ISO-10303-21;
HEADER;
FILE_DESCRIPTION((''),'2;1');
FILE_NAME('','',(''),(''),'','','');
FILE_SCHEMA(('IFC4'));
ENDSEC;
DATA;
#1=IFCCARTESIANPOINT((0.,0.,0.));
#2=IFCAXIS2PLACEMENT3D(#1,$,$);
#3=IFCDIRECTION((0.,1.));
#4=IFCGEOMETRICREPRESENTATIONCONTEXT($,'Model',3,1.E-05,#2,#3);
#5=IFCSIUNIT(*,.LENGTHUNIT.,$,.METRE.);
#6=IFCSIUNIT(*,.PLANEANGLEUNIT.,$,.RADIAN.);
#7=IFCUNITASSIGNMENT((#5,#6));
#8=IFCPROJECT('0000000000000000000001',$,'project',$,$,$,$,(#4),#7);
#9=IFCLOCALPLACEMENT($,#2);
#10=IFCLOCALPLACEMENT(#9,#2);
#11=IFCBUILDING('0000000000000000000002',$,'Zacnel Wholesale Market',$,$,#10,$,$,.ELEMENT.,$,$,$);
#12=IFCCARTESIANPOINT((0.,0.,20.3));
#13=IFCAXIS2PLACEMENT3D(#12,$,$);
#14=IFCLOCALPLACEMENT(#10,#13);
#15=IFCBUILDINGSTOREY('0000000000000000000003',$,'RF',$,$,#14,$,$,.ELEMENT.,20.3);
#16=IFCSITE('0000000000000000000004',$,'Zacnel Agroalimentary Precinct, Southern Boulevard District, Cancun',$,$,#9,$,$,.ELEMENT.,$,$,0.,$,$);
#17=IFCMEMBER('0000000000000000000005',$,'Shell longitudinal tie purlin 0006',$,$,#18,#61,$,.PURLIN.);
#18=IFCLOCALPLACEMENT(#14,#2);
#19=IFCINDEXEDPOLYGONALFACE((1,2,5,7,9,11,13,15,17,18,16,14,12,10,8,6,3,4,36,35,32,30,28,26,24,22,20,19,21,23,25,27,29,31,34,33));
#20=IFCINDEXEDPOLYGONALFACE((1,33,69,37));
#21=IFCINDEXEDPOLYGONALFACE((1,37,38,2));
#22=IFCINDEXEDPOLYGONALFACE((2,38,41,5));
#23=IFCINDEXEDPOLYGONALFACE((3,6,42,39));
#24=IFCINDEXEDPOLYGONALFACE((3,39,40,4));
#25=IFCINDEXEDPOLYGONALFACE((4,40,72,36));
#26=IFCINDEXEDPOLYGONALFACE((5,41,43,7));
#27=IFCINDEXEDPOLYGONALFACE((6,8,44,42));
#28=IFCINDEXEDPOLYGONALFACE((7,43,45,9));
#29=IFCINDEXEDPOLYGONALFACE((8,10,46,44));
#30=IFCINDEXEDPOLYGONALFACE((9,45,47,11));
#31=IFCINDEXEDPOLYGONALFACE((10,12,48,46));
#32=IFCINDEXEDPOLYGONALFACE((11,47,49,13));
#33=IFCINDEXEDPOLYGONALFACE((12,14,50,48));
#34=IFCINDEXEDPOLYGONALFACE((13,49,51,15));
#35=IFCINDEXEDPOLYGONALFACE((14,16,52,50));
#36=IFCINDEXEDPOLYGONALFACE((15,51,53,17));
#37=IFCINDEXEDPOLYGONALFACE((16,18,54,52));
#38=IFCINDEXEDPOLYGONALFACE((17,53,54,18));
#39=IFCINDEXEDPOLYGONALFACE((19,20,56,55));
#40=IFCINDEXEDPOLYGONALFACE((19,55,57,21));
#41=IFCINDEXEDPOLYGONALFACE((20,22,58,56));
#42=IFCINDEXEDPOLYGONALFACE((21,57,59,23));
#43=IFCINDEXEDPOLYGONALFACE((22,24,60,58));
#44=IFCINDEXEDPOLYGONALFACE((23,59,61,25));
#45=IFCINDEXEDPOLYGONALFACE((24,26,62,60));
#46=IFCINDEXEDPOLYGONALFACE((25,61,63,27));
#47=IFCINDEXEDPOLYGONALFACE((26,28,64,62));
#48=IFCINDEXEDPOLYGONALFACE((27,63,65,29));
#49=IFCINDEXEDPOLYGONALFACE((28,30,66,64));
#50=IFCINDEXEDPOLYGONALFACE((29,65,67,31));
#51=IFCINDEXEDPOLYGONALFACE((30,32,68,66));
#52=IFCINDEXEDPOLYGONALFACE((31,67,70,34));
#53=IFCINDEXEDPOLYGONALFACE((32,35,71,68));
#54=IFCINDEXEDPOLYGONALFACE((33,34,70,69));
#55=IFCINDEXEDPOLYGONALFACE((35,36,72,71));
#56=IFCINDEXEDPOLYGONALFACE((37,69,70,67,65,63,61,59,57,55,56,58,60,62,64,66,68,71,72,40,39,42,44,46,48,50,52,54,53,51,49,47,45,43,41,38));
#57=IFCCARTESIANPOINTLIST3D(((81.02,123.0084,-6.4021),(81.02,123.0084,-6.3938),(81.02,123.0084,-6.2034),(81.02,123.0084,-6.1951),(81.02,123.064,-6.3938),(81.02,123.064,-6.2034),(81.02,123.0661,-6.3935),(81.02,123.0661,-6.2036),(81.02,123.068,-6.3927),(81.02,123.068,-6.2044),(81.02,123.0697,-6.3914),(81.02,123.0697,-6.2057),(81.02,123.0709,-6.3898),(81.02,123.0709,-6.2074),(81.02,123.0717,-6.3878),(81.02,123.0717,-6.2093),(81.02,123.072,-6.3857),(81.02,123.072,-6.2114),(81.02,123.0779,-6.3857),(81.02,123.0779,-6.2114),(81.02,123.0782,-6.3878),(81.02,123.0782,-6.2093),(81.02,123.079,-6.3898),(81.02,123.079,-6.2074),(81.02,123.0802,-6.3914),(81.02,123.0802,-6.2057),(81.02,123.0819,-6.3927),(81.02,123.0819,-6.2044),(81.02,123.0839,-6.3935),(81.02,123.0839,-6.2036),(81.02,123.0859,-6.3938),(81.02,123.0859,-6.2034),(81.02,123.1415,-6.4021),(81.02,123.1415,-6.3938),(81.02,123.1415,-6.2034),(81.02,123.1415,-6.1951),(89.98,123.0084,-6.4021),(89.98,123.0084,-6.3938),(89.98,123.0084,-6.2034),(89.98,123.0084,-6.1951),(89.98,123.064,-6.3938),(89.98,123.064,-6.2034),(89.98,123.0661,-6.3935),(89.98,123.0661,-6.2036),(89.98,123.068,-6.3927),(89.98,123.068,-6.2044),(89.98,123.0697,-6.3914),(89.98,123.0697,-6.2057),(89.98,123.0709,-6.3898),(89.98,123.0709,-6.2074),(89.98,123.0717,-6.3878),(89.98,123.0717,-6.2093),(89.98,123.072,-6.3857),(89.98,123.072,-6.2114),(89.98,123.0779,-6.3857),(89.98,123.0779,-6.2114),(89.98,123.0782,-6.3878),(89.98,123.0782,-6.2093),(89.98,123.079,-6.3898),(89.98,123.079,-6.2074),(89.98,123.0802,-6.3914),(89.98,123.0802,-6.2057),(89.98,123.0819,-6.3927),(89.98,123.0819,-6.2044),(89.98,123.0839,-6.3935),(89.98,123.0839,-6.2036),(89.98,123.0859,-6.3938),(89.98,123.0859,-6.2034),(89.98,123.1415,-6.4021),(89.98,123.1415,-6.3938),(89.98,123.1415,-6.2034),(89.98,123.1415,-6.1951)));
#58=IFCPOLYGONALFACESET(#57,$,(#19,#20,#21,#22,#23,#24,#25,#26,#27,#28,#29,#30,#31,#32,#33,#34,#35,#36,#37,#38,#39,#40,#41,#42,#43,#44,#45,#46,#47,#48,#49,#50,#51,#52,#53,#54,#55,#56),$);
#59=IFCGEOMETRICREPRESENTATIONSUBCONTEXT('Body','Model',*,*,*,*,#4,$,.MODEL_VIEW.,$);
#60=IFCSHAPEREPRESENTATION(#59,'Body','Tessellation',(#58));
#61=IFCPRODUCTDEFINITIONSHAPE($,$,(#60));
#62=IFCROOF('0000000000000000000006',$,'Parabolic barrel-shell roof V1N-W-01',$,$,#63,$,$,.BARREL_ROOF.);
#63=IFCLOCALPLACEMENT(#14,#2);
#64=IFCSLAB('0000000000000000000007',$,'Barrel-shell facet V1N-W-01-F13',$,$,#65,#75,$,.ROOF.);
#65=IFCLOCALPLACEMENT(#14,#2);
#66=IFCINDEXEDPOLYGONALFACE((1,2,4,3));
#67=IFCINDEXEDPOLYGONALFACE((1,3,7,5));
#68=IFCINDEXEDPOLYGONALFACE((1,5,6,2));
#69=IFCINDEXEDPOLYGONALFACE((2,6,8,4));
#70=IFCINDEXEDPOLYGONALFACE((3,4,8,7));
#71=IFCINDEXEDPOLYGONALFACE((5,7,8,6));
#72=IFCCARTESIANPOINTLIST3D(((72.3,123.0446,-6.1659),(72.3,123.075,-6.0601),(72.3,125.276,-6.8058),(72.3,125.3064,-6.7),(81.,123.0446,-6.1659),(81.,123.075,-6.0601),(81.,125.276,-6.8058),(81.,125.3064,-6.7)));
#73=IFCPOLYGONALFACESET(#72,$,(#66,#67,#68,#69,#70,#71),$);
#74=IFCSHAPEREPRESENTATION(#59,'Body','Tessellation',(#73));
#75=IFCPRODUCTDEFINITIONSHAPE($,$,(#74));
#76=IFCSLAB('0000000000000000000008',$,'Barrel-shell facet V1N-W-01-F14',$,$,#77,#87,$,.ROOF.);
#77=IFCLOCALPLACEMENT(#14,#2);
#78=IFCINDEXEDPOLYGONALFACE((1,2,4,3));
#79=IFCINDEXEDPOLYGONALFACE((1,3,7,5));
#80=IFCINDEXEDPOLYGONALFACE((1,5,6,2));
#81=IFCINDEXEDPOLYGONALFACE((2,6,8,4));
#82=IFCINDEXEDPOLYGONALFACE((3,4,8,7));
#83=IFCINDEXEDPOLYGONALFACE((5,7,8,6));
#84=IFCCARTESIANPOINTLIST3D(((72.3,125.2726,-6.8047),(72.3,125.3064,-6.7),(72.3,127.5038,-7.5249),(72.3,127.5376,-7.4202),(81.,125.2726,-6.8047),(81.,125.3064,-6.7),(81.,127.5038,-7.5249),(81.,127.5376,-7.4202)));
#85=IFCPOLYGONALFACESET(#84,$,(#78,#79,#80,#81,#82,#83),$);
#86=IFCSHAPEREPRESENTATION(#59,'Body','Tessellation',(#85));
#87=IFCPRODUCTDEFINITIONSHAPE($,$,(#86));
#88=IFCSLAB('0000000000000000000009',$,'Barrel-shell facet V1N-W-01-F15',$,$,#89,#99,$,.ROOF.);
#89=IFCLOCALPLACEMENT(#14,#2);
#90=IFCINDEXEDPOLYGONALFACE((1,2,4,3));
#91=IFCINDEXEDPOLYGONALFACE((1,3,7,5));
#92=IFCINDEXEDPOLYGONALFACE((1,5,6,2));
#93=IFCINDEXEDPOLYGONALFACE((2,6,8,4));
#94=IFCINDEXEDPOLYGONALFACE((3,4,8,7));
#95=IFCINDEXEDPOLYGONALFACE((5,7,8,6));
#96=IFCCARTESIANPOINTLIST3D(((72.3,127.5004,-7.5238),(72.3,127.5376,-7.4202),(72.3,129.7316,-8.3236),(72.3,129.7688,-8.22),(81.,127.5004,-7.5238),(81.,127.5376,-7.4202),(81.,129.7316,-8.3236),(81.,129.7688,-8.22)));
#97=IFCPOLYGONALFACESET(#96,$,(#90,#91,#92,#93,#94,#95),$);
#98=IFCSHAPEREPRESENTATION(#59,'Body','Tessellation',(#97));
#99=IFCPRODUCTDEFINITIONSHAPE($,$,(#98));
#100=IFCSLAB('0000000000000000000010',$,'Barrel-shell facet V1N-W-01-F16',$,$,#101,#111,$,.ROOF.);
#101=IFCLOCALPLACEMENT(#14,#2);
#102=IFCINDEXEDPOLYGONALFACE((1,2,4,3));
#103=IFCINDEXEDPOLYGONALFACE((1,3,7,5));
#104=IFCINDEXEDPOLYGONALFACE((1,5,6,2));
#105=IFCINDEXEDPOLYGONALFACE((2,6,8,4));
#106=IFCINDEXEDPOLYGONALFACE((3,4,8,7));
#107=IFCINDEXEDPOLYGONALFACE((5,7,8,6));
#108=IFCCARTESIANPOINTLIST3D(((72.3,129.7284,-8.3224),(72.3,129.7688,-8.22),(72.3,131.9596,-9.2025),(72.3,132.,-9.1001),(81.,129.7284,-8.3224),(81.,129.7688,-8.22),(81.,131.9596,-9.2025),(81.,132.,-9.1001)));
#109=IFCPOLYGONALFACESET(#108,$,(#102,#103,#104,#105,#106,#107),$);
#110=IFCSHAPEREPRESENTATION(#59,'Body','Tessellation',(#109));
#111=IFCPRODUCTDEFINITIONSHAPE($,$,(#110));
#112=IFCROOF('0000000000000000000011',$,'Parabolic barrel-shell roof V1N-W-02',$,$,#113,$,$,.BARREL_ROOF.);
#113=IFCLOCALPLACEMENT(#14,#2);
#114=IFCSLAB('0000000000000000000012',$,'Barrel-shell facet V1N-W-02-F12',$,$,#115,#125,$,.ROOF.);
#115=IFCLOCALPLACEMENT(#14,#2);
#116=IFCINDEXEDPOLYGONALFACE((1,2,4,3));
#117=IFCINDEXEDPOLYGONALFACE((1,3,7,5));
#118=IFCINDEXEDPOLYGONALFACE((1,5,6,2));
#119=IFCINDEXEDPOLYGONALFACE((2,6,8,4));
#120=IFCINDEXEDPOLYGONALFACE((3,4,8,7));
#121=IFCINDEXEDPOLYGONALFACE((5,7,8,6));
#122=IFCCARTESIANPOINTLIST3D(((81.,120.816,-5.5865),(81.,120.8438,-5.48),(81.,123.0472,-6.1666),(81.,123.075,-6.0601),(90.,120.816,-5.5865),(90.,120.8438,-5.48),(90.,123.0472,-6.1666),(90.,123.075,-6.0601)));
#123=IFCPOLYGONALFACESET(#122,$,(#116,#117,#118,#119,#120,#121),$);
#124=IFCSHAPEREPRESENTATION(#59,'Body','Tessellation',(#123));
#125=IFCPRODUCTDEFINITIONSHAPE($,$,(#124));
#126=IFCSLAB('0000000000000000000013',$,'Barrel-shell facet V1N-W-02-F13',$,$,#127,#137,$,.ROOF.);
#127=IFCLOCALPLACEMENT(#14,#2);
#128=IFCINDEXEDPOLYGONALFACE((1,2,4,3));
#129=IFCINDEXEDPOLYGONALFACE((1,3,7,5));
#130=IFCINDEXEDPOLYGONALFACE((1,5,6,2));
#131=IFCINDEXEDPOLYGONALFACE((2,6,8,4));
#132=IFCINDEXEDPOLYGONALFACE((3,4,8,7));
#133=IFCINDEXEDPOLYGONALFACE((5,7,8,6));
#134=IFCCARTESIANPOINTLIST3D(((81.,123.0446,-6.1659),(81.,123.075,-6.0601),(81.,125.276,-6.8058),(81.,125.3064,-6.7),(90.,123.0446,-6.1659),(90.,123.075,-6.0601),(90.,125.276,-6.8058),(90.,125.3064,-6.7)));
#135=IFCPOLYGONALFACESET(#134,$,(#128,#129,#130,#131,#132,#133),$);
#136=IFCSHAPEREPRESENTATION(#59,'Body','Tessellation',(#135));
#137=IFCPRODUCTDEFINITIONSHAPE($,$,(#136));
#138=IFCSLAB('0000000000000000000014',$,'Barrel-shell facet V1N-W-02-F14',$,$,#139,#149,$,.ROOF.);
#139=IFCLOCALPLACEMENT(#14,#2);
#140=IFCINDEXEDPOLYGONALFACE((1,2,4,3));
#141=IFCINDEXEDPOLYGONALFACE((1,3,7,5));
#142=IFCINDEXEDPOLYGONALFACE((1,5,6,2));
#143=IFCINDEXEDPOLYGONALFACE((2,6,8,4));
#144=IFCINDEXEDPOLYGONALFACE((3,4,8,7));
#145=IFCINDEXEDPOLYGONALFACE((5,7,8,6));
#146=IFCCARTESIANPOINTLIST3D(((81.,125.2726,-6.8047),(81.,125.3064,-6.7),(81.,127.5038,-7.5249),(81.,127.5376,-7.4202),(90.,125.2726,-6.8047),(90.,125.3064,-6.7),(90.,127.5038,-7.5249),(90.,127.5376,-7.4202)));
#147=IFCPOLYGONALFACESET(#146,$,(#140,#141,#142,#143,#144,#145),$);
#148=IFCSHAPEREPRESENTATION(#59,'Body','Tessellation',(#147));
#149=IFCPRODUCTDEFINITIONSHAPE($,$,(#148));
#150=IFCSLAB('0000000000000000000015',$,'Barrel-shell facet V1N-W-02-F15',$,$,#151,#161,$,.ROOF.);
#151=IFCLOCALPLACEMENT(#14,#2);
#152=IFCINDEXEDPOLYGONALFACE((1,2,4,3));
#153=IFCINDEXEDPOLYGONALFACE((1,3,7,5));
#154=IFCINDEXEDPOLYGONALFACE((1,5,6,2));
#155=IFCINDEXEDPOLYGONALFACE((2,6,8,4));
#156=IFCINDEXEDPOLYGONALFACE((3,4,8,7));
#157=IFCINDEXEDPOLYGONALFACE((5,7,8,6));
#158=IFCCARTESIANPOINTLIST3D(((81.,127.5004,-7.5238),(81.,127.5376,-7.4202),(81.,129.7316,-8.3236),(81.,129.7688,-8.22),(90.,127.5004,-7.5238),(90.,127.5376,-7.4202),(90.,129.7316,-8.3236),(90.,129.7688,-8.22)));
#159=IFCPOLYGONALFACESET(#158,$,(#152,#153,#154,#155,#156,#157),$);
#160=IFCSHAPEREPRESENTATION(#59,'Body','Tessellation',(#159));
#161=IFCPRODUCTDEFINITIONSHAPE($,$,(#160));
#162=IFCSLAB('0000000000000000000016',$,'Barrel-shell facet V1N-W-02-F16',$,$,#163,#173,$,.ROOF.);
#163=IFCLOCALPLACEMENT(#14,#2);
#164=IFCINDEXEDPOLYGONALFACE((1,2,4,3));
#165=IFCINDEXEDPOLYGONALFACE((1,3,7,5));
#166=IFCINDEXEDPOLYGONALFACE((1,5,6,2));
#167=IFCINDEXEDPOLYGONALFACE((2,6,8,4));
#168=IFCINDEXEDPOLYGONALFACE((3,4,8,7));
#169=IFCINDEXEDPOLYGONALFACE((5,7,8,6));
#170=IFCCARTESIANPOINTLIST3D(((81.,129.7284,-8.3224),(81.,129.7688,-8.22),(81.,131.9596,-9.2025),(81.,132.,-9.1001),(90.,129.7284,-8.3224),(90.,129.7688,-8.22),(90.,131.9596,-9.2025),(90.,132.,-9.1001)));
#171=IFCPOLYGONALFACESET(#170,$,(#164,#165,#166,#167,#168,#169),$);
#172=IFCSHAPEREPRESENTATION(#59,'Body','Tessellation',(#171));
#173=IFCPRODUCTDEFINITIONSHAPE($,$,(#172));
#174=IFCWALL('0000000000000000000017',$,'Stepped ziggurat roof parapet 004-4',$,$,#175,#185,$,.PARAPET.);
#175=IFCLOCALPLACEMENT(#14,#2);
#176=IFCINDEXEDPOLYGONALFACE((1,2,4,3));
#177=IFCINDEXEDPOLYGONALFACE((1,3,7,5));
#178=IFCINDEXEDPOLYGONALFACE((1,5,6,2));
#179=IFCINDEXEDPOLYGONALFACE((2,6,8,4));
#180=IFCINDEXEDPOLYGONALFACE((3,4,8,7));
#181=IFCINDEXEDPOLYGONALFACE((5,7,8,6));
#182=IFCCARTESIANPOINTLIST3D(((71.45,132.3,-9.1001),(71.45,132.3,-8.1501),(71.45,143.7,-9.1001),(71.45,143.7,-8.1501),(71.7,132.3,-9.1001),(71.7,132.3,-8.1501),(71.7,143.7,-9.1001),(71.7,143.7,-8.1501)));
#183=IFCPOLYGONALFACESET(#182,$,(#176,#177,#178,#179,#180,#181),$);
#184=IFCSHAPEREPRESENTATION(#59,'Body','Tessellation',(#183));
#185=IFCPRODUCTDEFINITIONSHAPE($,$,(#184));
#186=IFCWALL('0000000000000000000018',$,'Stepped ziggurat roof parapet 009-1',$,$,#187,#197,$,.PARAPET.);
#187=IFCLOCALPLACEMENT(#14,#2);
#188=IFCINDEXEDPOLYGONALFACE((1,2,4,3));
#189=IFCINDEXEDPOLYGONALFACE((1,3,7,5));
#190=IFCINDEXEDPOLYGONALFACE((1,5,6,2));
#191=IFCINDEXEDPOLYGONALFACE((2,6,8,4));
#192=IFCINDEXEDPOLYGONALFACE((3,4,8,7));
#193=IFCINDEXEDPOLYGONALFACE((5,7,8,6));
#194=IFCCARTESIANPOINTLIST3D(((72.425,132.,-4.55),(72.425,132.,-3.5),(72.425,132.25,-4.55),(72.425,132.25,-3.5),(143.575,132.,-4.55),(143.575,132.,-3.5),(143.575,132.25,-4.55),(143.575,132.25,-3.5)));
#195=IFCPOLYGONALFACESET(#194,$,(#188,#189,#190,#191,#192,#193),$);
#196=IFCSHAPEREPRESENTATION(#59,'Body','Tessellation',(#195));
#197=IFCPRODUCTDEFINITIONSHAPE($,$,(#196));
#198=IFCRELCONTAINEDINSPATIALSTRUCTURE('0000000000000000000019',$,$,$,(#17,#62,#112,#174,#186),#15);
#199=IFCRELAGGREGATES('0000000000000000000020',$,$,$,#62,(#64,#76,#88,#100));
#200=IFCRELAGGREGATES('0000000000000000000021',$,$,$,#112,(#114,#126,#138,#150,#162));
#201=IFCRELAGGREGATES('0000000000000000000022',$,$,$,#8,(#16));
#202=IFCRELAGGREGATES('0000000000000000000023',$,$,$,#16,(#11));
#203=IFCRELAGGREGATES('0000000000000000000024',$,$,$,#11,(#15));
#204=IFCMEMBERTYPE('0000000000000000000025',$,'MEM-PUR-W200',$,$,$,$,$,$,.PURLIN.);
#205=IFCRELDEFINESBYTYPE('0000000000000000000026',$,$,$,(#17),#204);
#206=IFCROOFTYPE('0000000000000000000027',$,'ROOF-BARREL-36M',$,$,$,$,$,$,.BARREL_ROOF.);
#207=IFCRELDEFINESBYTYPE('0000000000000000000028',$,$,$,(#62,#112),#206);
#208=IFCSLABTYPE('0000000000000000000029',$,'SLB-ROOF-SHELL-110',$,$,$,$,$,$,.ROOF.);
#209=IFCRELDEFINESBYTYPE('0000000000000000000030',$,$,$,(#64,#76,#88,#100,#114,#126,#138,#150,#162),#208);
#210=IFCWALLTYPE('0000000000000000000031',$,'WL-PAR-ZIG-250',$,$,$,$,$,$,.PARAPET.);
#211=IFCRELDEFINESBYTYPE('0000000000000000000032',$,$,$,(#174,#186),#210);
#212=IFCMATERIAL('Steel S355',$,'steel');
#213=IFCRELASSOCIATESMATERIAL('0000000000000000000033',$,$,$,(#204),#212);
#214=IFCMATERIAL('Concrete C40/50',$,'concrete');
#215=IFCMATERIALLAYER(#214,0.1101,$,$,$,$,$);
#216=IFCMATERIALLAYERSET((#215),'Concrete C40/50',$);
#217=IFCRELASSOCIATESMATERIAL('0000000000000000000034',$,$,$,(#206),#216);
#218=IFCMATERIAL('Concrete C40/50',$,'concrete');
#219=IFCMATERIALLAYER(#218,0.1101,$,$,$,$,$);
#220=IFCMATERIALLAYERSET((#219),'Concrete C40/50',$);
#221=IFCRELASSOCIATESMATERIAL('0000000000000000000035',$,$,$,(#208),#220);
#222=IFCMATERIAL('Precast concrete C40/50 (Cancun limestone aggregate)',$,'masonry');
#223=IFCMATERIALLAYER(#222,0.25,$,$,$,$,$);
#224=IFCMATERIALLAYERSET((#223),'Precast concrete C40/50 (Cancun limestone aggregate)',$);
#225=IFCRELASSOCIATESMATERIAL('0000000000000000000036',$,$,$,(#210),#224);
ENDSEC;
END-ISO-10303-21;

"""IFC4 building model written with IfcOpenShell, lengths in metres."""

from ifc_helpers import new_model, si_unit, direction, frame, frame_2d, origin, origin_2d, place, context, subcontext, project, spatial, polyline, rectangle, i_section, outline, extrude, material, layer, layer_set, material_profile, profile_set, type_object, element, aggregate, save


model = new_model("IFC4")

# Units and contexts
model_context = context("Model", 3, precision=1e-05, world=origin(), true_north=direction((0.0, 1.0)))
body_context = subcontext(model_context, "Body", "Model", "MODEL_VIEW")
ifc_project = project(units=[si_unit("LENGTHUNIT", "METRE"), si_unit("PLANEANGLEUNIT", "RADIAN")], contexts=[model_context])

# Site, building, storey
site_placement = place(None, origin())
site = spatial("IfcSite", under=ifc_project, at=site_placement, Name="Zacnel Agroalimentary Precinct, Southern Boulevard District, Cancun", CompositionType="ELEMENT", RefElevation=0.0)
building_placement = place(site_placement, origin())
building = spatial("IfcBuilding", under=site, at=building_placement, Name="Zacnel Wholesale Market", CompositionType="ELEMENT")
storey_placement = place(building_placement, frame((0.0, 0.0, 20.3)))
storey = spatial("IfcBuildingStorey", under=building, at=storey_placement, Name="RF", CompositionType="ELEMENT", Elevation=20.3)

# Member
ifc_material_1 = material(Name="Steel S355", Category="steel")
ifc_material_profile_1 = material_profile(ifc_material_1, i_section(OverallWidth=0.1331, OverallDepth=0.207, WebThickness=0.0059, FlangeThickness=0.0083, FilletRadius=0.0081, at=origin_2d()), Name="W200X26.6")
ifc_profile_set_1 = profile_set([ifc_material_profile_1], Name="Steel S355")
member_type = type_object("IfcMemberType", Name="MEM-PUR-W200", PredefinedType="PURLIN", material=ifc_profile_set_1)
member_1_placement = place(storey_placement, frame((81.02, 123.075, -6.2986), z_axis=(1.0, 0.0, 0.0), x_axis=(0.0, 1.0, 0.0)))
element("IfcMember", 1, at=member_1_placement, inside=storey, type_object=member_type, Name="Shell longitudinal tie purlin 0006", PredefinedType="PURLIN", context=body_context, shape_type="SweptSolid", body=[
    extrude(i_section(OverallWidth=0.1331, OverallDepth=0.207, WebThickness=0.0059, FlangeThickness=0.0083, FilletRadius=0.0081, at=origin_2d()), origin(), (0.0, 0.0, 1.0), 8.96),
])

# Roofs, slabs
ifc_material_2 = material(Name="Concrete C40/50", Category="concrete")
ifc_layer_1 = layer(ifc_material_2, 0.1101)
ifc_layer_set_1 = layer_set([ifc_layer_1], Name="Concrete C40/50")
roof_type = type_object("IfcRoofType", Name="ROOF-BARREL-36M", PredefinedType="BARREL_ROOF", material=ifc_layer_set_1)
roof_1_placement = place(storey_placement, origin())
roof_1 = element("IfcRoof", 2, at=roof_1_placement, inside=storey, type_object=roof_type, Name="Parabolic barrel-shell roof V1N-W-01", PredefinedType="BARREL_ROOF")
ifc_material_3 = material(Name="Concrete C40/50", Category="concrete")
ifc_layer_2 = layer(ifc_material_3, 0.1101)
ifc_layer_set_2 = layer_set([ifc_layer_2], Name="Concrete C40/50")
slab_type = type_object("IfcSlabType", Name="SLB-ROOF-SHELL-110", PredefinedType="ROOF", material=ifc_layer_set_2)
slab_1_placement = place(storey_placement, frame((72.3, 123.075, -6.0601), z_axis=(0.0, 0.275652, 0.961258), x_axis=(1.0, 0.0, 0.0)))
slab_1 = element("IfcSlab", 3, at=slab_1_placement, type_object=slab_type, Name="Barrel-shell facet V1N-W-01-F13", PredefinedType="ROOF", context=body_context, shape_type="SweptSolid", body=[
    extrude(outline(polyline([(0.0, 0.0), (8.7, 0.0), (8.7, 2.3214), (0.0, 2.3214), (0.0, 0.0)])), origin(), (0.0, 0.0, -1.0), 0.1101),
])
slab_2_placement = place(storey_placement, frame((72.3, 125.3064, -6.7), z_axis=(0.0, 0.307185, 0.95165), x_axis=(1.0, 0.0, 0.0)))
slab_2 = element("IfcSlab", 4, at=slab_2_placement, type_object=slab_type, Name="Barrel-shell facet V1N-W-01-F14", PredefinedType="ROOF", context=body_context, shape_type="SweptSolid", body=[
    extrude(outline(polyline([(0.0, 0.0), (8.7, 0.0), (8.7, 2.3446), (0.0, 2.3446), (0.0, 0.0)])), origin(), (0.0, 0.0, -1.0), 0.1101),
])
slab_3_placement = place(storey_placement, frame((72.3, 127.5376, -7.4202), z_axis=(0.0, 0.337439, 0.941347), x_axis=(1.0, 0.0, 0.0)))
slab_3 = element("IfcSlab", 5, at=slab_3_placement, type_object=slab_type, Name="Barrel-shell facet V1N-W-01-F15", PredefinedType="ROOF", context=body_context, shape_type="SweptSolid", body=[
    extrude(outline(polyline([(0.0, 0.0), (8.7, 0.0), (8.7, 2.3702), (0.0, 2.3702), (0.0, 0.0)])), origin(), (0.0, 0.0, -1.0), 0.1101),
])
slab_4_placement = place(storey_placement, frame((72.3, 129.7688, -8.22), z_axis=(0.0, 0.366946, 0.930242), x_axis=(1.0, 0.0, 0.0)))
slab_4 = element("IfcSlab", 6, at=slab_4_placement, type_object=slab_type, Name="Barrel-shell facet V1N-W-01-F16", PredefinedType="ROOF", context=body_context, shape_type="SweptSolid", body=[
    extrude(outline(polyline([(0.0, 0.0), (8.7, 0.0), (8.7, 2.3985), (0.0, 2.3985), (0.0, 0.0)])), origin(), (0.0, 0.0, -1.0), 0.1101),
])
aggregate(roof_1, [slab_1, slab_2, slab_3, slab_4])
roof_2_placement = place(storey_placement, origin())
roof_2 = element("IfcRoof", 7, at=roof_2_placement, inside=storey, type_object=roof_type, Name="Parabolic barrel-shell roof V1N-W-02", PredefinedType="BARREL_ROOF")
slab_5_placement = place(storey_placement, frame((81.0, 120.8438, -5.48), z_axis=(0.0, 0.25162, 0.967826), x_axis=(1.0, 0.0, 0.0)))
slab_5 = element("IfcSlab", 8, at=slab_5_placement, type_object=slab_type, Name="Barrel-shell facet V1N-W-02-F12", PredefinedType="ROOF", context=body_context, shape_type="SweptSolid", body=[
    extrude(outline(polyline([(0.0, 0.0), (9.0, 0.0), (9.0, 2.3054), (0.0, 2.3054), (0.0, 0.0)])), origin(), (0.0, 0.0, -1.0), 0.1101),
])
slab_6_placement = place(storey_placement, frame((81.0, 123.075, -6.0601), z_axis=(0.0, 0.275652, 0.961258), x_axis=(1.0, 0.0, 0.0)))
slab_6 = element("IfcSlab", 9, at=slab_6_placement, type_object=slab_type, Name="Barrel-shell facet V1N-W-02-F13", PredefinedType="ROOF", context=body_context, shape_type="SweptSolid", body=[
    extrude(outline(polyline([(0.0, 0.0), (9.0, 0.0), (9.0, 2.3214), (0.0, 2.3214), (0.0, 0.0)])), origin(), (0.0, 0.0, -1.0), 0.1101),
])
slab_7_placement = place(storey_placement, frame((81.0, 125.3064, -6.7), z_axis=(0.0, 0.307185, 0.95165), x_axis=(1.0, 0.0, 0.0)))
slab_7 = element("IfcSlab", 10, at=slab_7_placement, type_object=slab_type, Name="Barrel-shell facet V1N-W-02-F14", PredefinedType="ROOF", context=body_context, shape_type="SweptSolid", body=[
    extrude(outline(polyline([(0.0, 0.0), (9.0, 0.0), (9.0, 2.3446), (0.0, 2.3446), (0.0, 0.0)])), origin(), (0.0, 0.0, -1.0), 0.1101),
])
slab_8_placement = place(storey_placement, frame((81.0, 127.5376, -7.4202), z_axis=(0.0, 0.337439, 0.941347), x_axis=(1.0, 0.0, 0.0)))
slab_8 = element("IfcSlab", 11, at=slab_8_placement, type_object=slab_type, Name="Barrel-shell facet V1N-W-02-F15", PredefinedType="ROOF", context=body_context, shape_type="SweptSolid", body=[
    extrude(outline(polyline([(0.0, 0.0), (9.0, 0.0), (9.0, 2.3702), (0.0, 2.3702), (0.0, 0.0)])), origin(), (0.0, 0.0, -1.0), 0.1101),
])
slab_9_placement = place(storey_placement, frame((81.0, 129.7688, -8.22), z_axis=(0.0, 0.366946, 0.930242), x_axis=(1.0, 0.0, 0.0)))
slab_9 = element("IfcSlab", 12, at=slab_9_placement, type_object=slab_type, Name="Barrel-shell facet V1N-W-02-F16", PredefinedType="ROOF", context=body_context, shape_type="SweptSolid", body=[
    extrude(outline(polyline([(0.0, 0.0), (9.0, 0.0), (9.0, 2.3985), (0.0, 2.3985), (0.0, 0.0)])), origin(), (0.0, 0.0, -1.0), 0.1101),
])
aggregate(roof_2, [slab_5, slab_6, slab_7, slab_8, slab_9])

# Walls
ifc_material_4 = material(Name="Precast concrete C40/50 (Cancun limestone aggregate)", Category="masonry")
ifc_layer_3 = layer(ifc_material_4, 0.25)
ifc_layer_set_3 = layer_set([ifc_layer_3], Name="Precast concrete C40/50 (Cancun limestone aggregate)")
wall_type = type_object("IfcWallType", Name="WL-PAR-ZIG-250", PredefinedType="PARAPET", material=ifc_layer_set_3)
wall_1_placement = place(storey_placement, frame((71.575, 132.3, -9.1001), z_axis=(0.0, 0.0, 1.0), x_axis=(0.0, 1.0, 0.0)))
element("IfcWall", 13, at=wall_1_placement, inside=storey, type_object=wall_type, Name="Stepped ziggurat roof parapet 004-4", PredefinedType="PARAPET", context=body_context, shape_type="SweptSolid", body=[
    extrude(rectangle(XDim=11.3999, YDim=0.25, at=frame_2d((5.7, 0.0))), origin(), (0.0, 0.0, 1.0), 0.95),
])
for number, where, z_axis, x_axis, name in (
    (14, (72.425, 132.125, -4.55), (0.0, 0.0, 1.0), (1.0, 0.0, 0.0), "Stepped ziggurat roof parapet 009-1"),
):
    element("IfcWall", number, at=place(storey_placement, frame(where, z_axis=z_axis, x_axis=x_axis)), inside=storey, type_object=wall_type, Name=name, PredefinedType="PARAPET", context=body_context, shape_type="SweptSolid", body=[
        extrude(rectangle(XDim=71.1499, YDim=0.25, at=frame_2d((35.575, 0.0))), origin(), (0.0, 0.0, 1.0), 1.05),
    ])

save(model, "model.ifc")
